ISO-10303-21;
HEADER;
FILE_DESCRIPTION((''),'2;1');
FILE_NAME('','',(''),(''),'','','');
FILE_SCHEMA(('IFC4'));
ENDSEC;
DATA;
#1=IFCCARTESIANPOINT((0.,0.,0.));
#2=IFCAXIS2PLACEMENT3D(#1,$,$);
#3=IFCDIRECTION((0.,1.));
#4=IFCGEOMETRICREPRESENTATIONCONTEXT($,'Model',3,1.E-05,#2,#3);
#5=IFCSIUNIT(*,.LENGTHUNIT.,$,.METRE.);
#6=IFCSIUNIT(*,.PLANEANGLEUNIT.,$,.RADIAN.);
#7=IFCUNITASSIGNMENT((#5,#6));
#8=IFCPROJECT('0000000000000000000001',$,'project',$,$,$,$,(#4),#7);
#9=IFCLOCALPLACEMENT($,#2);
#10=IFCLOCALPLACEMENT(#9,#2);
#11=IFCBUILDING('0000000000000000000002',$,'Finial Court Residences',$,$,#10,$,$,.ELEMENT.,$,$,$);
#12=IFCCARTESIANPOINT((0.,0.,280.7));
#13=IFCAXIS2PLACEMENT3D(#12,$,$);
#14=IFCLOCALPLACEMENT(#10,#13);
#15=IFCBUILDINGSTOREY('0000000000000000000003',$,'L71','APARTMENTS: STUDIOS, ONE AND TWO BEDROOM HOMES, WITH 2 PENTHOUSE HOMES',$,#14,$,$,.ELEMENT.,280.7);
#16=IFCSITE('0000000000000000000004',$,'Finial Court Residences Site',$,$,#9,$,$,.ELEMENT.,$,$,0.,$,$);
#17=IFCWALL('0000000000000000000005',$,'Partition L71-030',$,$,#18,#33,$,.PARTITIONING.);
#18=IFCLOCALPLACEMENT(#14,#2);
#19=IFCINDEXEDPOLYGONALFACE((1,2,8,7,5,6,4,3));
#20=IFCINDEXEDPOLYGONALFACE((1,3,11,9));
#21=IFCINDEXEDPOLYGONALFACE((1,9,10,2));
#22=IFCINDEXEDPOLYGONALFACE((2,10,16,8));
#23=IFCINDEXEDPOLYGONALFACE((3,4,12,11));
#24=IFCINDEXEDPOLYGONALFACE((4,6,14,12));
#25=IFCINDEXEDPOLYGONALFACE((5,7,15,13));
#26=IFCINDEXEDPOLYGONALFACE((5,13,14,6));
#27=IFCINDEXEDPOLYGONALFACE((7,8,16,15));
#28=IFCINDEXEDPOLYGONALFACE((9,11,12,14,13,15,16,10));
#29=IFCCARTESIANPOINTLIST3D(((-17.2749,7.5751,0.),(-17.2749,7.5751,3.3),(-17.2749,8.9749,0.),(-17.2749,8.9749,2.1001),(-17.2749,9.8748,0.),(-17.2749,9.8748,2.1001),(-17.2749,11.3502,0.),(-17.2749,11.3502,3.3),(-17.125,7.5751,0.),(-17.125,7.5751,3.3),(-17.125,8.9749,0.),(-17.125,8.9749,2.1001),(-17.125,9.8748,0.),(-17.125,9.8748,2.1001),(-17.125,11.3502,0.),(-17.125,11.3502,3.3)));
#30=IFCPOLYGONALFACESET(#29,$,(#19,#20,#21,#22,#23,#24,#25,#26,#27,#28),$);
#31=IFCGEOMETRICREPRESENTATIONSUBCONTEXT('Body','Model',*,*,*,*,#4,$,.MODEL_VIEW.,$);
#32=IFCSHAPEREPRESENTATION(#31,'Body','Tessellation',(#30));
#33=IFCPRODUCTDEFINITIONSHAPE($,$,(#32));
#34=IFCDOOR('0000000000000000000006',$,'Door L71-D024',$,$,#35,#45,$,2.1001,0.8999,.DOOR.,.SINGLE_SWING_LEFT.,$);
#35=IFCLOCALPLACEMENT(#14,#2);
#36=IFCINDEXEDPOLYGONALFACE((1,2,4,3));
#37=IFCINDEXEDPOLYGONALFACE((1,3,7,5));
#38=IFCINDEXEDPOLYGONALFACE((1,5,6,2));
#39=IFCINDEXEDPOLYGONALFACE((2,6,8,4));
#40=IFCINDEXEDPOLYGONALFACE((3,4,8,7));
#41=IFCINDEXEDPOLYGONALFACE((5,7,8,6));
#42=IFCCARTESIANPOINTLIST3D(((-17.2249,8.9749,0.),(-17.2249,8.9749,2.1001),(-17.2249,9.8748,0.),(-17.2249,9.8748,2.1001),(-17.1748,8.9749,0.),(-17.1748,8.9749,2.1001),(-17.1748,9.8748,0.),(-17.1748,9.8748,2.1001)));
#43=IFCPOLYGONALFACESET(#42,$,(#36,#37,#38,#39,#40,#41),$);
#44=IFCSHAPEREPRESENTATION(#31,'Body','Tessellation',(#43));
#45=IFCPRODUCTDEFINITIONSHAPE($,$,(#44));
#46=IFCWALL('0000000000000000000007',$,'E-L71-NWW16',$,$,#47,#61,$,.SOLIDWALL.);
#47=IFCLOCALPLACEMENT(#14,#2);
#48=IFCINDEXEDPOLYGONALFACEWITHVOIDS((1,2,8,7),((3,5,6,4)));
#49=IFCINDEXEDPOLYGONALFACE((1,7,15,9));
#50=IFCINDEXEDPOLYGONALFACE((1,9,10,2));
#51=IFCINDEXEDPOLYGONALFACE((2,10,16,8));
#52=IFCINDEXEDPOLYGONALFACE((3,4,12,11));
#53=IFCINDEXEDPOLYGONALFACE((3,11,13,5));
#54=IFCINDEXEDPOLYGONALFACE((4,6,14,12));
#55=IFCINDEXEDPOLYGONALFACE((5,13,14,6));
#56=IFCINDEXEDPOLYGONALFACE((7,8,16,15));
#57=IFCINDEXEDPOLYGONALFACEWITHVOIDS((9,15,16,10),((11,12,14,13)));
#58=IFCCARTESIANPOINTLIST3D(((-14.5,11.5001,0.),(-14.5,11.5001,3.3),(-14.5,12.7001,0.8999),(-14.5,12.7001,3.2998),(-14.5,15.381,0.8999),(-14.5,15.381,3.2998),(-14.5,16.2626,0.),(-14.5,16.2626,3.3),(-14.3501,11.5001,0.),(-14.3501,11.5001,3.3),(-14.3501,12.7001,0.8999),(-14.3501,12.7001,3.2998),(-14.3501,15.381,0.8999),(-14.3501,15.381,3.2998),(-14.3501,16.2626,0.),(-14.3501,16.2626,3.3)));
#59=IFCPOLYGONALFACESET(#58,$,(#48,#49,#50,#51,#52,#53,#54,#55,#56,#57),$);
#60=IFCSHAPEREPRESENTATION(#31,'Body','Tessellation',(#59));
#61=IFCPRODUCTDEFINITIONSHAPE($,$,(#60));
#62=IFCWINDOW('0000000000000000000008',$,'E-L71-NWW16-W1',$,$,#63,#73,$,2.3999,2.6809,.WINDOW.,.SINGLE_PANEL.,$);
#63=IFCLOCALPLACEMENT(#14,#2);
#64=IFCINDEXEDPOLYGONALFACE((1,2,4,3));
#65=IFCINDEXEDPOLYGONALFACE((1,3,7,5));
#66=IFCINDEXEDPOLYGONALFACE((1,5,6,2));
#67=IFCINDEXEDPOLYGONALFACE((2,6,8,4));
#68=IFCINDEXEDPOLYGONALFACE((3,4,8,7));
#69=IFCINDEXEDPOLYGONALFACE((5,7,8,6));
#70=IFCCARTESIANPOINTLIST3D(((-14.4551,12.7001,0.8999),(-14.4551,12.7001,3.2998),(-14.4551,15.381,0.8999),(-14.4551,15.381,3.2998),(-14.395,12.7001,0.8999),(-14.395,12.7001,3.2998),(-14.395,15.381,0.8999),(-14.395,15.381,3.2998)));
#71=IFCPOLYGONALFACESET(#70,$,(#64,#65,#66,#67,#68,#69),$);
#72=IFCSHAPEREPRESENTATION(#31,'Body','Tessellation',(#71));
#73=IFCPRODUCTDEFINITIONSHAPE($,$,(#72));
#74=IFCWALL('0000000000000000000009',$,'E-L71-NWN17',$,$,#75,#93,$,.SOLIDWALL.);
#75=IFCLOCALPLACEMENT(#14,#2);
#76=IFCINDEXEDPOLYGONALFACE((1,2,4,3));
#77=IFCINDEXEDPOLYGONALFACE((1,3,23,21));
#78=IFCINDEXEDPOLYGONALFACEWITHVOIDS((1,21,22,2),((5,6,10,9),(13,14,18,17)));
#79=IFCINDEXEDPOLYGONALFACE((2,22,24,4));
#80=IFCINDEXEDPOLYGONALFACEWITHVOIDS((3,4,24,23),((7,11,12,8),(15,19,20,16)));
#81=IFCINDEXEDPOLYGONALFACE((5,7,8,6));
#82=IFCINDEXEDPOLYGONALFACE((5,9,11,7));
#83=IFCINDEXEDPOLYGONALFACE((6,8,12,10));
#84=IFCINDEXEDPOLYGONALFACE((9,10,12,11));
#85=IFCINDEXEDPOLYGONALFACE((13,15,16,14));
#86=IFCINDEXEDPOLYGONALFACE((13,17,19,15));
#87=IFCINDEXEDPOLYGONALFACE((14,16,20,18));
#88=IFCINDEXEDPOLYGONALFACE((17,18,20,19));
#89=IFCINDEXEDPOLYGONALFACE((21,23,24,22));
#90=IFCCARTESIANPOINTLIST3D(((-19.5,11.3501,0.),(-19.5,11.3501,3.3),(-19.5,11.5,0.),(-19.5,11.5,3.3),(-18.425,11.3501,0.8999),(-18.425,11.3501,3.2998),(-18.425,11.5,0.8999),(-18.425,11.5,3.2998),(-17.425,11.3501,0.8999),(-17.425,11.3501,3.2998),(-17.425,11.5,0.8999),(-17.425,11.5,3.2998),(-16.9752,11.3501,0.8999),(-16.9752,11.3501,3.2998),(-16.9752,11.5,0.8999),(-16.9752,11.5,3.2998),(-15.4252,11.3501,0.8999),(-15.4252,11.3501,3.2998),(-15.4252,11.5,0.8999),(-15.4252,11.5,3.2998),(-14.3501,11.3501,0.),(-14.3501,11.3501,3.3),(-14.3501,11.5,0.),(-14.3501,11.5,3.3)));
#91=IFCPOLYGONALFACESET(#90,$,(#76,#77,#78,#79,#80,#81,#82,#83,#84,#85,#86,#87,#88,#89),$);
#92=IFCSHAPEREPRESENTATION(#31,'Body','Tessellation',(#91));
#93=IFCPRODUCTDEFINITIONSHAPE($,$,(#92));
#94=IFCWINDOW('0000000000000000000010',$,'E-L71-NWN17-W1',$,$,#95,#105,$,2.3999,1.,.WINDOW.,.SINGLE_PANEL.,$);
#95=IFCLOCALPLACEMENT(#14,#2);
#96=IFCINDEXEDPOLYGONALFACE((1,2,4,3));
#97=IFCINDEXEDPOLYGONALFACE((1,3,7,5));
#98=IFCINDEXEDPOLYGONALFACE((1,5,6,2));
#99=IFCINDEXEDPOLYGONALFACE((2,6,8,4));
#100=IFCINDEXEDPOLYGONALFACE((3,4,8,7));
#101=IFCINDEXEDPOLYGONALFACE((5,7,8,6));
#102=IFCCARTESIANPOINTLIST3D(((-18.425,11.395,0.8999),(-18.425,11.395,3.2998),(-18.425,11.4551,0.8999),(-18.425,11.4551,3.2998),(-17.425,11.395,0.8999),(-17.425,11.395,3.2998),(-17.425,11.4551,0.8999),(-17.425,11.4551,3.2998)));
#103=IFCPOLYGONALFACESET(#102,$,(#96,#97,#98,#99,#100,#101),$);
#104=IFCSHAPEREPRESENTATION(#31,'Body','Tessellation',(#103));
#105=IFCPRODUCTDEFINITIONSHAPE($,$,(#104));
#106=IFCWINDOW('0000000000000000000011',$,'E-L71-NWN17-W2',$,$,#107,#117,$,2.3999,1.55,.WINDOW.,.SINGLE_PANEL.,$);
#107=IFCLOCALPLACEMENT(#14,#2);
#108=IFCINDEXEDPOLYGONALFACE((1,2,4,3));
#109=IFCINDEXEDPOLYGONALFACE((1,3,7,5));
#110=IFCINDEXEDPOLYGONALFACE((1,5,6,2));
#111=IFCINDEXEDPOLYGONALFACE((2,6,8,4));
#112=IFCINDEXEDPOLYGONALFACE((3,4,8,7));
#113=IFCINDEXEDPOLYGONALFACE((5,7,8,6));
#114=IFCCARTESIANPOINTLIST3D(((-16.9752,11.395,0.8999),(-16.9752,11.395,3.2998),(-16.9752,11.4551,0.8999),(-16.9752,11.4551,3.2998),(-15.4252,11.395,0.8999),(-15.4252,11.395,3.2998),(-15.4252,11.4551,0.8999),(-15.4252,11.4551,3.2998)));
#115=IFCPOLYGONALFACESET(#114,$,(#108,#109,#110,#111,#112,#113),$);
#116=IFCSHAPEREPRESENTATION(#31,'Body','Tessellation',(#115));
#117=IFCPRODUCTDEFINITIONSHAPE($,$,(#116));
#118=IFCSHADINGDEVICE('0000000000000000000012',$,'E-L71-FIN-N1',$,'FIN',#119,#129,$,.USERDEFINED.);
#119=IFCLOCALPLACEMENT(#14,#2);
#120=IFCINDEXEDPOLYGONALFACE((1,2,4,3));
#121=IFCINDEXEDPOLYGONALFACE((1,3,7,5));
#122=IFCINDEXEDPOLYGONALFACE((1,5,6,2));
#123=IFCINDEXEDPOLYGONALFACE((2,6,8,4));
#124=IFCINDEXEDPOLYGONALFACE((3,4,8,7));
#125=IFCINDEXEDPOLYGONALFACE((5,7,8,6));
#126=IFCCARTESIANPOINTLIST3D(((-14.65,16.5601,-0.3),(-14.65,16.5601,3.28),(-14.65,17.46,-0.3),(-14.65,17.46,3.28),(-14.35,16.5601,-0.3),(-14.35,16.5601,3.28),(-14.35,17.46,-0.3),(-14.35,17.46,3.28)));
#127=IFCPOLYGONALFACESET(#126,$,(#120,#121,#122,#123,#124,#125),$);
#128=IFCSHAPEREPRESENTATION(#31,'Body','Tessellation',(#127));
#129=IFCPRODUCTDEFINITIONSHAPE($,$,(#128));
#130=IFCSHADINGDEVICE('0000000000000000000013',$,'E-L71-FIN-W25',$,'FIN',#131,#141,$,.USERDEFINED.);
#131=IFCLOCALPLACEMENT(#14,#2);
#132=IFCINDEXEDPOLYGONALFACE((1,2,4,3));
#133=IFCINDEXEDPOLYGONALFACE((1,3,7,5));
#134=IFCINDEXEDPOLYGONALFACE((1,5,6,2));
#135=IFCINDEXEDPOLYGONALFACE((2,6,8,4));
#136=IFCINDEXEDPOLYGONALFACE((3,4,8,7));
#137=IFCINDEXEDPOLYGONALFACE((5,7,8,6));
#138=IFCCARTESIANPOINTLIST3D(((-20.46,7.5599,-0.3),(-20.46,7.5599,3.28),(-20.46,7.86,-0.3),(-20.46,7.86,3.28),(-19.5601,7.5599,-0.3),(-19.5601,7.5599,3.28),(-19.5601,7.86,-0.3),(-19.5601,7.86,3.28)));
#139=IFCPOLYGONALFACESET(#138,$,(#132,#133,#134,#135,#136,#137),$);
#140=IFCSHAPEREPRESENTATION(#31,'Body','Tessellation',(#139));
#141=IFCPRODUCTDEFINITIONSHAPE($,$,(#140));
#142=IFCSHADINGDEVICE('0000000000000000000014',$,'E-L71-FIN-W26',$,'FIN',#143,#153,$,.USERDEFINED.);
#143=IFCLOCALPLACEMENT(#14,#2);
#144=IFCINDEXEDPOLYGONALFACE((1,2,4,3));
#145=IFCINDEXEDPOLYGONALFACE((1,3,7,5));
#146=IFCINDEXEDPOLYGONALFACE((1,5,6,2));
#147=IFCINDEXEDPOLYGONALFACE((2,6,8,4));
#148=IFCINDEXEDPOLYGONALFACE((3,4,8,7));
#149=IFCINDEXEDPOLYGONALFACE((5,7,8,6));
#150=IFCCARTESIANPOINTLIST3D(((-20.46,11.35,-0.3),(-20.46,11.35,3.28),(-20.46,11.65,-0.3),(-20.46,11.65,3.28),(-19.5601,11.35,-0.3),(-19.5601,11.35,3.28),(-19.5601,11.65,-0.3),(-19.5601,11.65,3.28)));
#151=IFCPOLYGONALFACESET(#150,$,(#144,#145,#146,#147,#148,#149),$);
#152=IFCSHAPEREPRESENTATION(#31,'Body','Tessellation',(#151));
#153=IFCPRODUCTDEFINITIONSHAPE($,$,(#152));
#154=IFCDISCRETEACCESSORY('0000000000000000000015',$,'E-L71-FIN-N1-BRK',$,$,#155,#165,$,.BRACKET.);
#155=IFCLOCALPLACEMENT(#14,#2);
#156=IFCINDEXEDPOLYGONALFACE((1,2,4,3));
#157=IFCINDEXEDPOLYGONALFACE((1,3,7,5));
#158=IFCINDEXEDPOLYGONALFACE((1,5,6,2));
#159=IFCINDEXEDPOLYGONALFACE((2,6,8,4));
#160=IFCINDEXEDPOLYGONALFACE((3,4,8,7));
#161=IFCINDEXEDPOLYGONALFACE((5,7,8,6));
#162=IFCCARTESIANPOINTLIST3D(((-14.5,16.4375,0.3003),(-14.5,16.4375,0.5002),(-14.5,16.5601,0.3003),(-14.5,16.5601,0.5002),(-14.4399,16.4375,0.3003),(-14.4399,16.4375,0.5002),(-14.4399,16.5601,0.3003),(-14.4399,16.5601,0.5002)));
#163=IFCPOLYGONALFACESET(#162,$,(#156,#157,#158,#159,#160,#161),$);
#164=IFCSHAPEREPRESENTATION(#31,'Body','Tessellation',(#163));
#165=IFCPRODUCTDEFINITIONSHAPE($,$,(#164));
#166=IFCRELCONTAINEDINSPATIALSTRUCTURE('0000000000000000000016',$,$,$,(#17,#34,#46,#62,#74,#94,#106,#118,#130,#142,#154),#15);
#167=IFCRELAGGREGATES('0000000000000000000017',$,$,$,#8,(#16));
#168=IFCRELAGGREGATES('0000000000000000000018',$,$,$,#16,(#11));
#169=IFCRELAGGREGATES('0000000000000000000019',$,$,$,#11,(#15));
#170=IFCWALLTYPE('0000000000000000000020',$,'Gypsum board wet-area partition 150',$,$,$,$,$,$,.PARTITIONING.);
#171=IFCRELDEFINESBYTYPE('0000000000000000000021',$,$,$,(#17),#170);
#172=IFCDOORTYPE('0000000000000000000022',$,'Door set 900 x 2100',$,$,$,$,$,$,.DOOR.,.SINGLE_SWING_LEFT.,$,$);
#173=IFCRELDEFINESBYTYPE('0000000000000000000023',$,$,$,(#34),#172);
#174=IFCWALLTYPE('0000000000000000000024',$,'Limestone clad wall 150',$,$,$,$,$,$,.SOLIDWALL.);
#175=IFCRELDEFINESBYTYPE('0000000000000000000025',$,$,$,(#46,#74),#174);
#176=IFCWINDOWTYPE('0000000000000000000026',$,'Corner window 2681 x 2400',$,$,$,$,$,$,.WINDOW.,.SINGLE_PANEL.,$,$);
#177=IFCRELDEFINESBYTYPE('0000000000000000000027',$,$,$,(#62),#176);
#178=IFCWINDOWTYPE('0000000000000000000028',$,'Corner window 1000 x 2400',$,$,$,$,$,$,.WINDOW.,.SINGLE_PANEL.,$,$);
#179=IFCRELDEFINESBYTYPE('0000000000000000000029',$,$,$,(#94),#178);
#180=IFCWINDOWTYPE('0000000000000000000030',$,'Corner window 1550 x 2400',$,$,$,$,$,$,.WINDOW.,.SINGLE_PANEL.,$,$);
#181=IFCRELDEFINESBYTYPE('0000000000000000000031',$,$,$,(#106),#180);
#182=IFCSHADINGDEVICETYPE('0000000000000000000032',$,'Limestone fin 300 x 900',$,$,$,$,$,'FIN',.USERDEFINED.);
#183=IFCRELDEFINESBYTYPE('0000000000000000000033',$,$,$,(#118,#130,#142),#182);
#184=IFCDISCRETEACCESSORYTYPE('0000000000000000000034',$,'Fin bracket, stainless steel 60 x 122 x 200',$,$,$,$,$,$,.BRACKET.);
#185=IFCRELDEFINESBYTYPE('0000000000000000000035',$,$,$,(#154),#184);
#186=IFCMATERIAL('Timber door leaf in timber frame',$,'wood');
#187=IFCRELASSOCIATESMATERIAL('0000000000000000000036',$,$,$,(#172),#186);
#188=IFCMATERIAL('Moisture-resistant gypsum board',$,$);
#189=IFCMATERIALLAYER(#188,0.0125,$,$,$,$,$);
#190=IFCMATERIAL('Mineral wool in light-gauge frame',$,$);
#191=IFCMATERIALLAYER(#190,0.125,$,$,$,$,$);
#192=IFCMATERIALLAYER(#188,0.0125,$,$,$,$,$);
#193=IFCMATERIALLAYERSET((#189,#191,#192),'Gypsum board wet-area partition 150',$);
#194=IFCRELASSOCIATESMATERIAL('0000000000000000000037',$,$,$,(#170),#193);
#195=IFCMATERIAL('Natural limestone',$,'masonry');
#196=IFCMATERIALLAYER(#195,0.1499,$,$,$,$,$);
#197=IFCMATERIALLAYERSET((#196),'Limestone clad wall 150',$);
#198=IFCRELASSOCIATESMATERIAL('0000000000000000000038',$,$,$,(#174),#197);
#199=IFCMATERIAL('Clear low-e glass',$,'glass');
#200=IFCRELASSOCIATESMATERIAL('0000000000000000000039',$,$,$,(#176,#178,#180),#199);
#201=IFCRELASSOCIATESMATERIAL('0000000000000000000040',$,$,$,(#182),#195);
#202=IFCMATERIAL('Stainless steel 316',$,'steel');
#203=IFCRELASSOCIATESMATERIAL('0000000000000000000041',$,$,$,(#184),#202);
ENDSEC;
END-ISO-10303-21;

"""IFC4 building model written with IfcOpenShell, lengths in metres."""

from ifc_helpers import new_model, si_unit, direction, frame, frame_2d, origin, origin_2d, place, context, subcontext, project, spatial, rectangle, extrude, material, layer, layer_set, type_object, element, fill, save


model = new_model("IFC4")

# Units and contexts
model_context = context("Model", 3, precision=1e-05, world=origin(), true_north=direction((0.0, 1.0)))
body_context = subcontext(model_context, "Body", "Model", "MODEL_VIEW")
ifc_project = project(units=[si_unit("LENGTHUNIT", "METRE"), si_unit("PLANEANGLEUNIT", "RADIAN")], contexts=[model_context])

# Site, building, storey
site_placement = place(None, origin())
site = spatial("IfcSite", under=ifc_project, at=site_placement, Name="Finial Court Residences Site", CompositionType="ELEMENT", RefElevation=0.0)
building_placement = place(site_placement, origin())
building = spatial("IfcBuilding", under=site, at=building_placement, Name="Finial Court Residences", CompositionType="ELEMENT")
storey_placement = place(building_placement, frame((0.0, 0.0, 280.7)))
storey = spatial("IfcBuildingStorey", under=building, at=storey_placement, Name="L71", Description="APARTMENTS: STUDIOS, ONE AND TWO BEDROOM HOMES, WITH 2 PENTHOUSE HOMES", CompositionType="ELEMENT", Elevation=280.7)

# Shared definitions
ifc_material_1 = material(Name="Clear low-e glass", Category="glass")

# Shared definitions
ifc_material_2 = material(Name="Mineral wool in light-gauge frame")
ifc_material_3 = material(Name="Timber door leaf in timber frame", Category="wood")
door_type = type_object("IfcDoorType", Name="Door set 900 x 2100", OperationType="SINGLE_SWING_LEFT", PredefinedType="DOOR", material=ifc_material_3)

# Shared definitions
ifc_material_4 = material(Name="Moisture-resistant gypsum board")
ifc_layer_1 = layer(ifc_material_4, 0.0125)
ifc_layer_2 = layer(ifc_material_2, 0.125)
ifc_layer_3 = layer(ifc_material_4, 0.0125)
ifc_layer_set_1 = layer_set([ifc_layer_1, ifc_layer_2, ifc_layer_3], Name="Gypsum board wet-area partition 150")
wall_type_1 = type_object("IfcWallType", Name="Gypsum board wet-area partition 150", PredefinedType="PARTITIONING", material=ifc_layer_set_1)

# Wall, opening, door
wall_1_placement = place(storey_placement, frame((-17.2, 7.575, 0.0), z_axis=(0.0, 0.0, 1.0), x_axis=(0.0, 1.0, 0.0)))
wall_1 = element("IfcWall", 1, at=wall_1_placement, inside=storey, type_object=wall_type_1, Name="Partition L71-030", PredefinedType="PARTITIONING", context=body_context, shape_type="SweptSolid", body=[
    extrude(rectangle(XDim=3.7751, YDim=0.1499, at=frame_2d((1.8877, 0.0))), origin(), (0.0, 0.0, 1.0), 3.3),
])
opening_1_placement = place(wall_1_placement, frame((1.3999, 0.0, 0.0)))
opening_1 = element("IfcOpeningElement", 2, at=opening_1_placement, cuts=wall_1, PredefinedType="OPENING", context=body_context, shape_type="SweptSolid", body=[
    extrude(rectangle(XDim=0.8999, YDim=2.1001, at=frame_2d((0.45, 1.05))), frame((0.0, 0.085, 0.0), z_axis=(0.0, -1.0, 0.0), x_axis=(1.0, 0.0, 0.0)), (0.0, 0.0, 1.0), 0.1699),
])
door_1_placement = place(opening_1_placement, origin())
door_1 = element("IfcDoor", 3, at=door_1_placement, inside=storey, type_object=door_type, Name="Door L71-D024", OperationType="SINGLE_SWING_LEFT", OverallHeight=2.1001, OverallWidth=0.8999, PredefinedType="DOOR", context=body_context, shape_type="SweptSolid", body=[
    extrude(rectangle(XDim=0.8999, YDim=2.1001, at=frame_2d((0.45, 1.05))), frame((0.0, 0.0249, 0.0), z_axis=(0.0, -1.0, 0.0), x_axis=(1.0, 0.0, 0.0)), (0.0, 0.0, 1.0), 0.05),
])
fill(opening_1, door_1)

# Wall, opening, window
ifc_material_5 = material(Name="Natural limestone", Category="masonry")
ifc_layer_4 = layer(ifc_material_5, 0.1499)
ifc_layer_set_2 = layer_set([ifc_layer_4], Name="Limestone clad wall 150")
wall_type_2 = type_object("IfcWallType", Name="Limestone clad wall 150", PredefinedType="SOLIDWALL", material=ifc_layer_set_2)
wall_2_placement = place(storey_placement, frame((-14.425, 11.5, 0.0), z_axis=(0.0, 0.0, 1.0), x_axis=(0.0, 1.0, 0.0)))
wall_2 = element("IfcWall", 4, at=wall_2_placement, inside=storey, type_object=wall_type_2, Name="E-L71-NWW16", PredefinedType="SOLIDWALL", context=body_context, shape_type="SweptSolid", body=[
    extrude(rectangle(XDim=4.7625, YDim=0.1499, at=frame_2d((2.3813, 0.0))), origin(), (0.0, 0.0, 1.0), 3.3),
])
opening_2_placement = place(wall_2_placement, frame((1.2002, 0.0, 0.8999)))
opening_2 = element("IfcOpeningElement", 5, at=opening_2_placement, cuts=wall_2, PredefinedType="OPENING", context=body_context, shape_type="SweptSolid", body=[
    extrude(rectangle(XDim=2.6809, YDim=2.3999, at=frame_2d((1.3403, 1.2))), frame((0.0, 0.085, 0.0), z_axis=(0.0, -1.0, 0.0), x_axis=(1.0, 0.0, 0.0)), (0.0, 0.0, 1.0), 0.1699),
])
window_type_1 = type_object("IfcWindowType", Name="Corner window 2681 x 2400", PartitioningType="SINGLE_PANEL", PredefinedType="WINDOW", material=ifc_material_1)
window_1_placement = place(opening_2_placement, origin())
window_1 = element("IfcWindow", 6, at=window_1_placement, inside=storey, type_object=window_type_1, Name="E-L71-NWW16-W1", OverallHeight=2.3999, OverallWidth=2.6809, PartitioningType="SINGLE_PANEL", PredefinedType="WINDOW", context=body_context, shape_type="SweptSolid", body=[
    extrude(rectangle(XDim=2.6809, YDim=2.3999, at=frame_2d((1.3403, 1.2))), frame((0.0, 0.03, 0.0), z_axis=(0.0, -1.0, 0.0), x_axis=(1.0, 0.0, 0.0)), (0.0, 0.0, 1.0), 0.0601),
])
fill(opening_2, window_1)

# Wall, openings, windows
wall_3_placement = place(storey_placement, frame((-19.5, 11.425, 0.0), z_axis=(0.0, 0.0, 1.0), x_axis=(1.0, 0.0, 0.0)))
wall_3 = element("IfcWall", 7, at=wall_3_placement, inside=storey, type_object=wall_type_2, Name="E-L71-NWN17", PredefinedType="SOLIDWALL", context=body_context, shape_type="SweptSolid", body=[
    extrude(rectangle(XDim=5.1499, YDim=0.1499, at=frame_2d((2.575, 0.0))), origin(), (0.0, 0.0, 1.0), 3.3),
])
opening_3_placement = place(wall_3_placement, frame((1.075, 0.0, 0.8999)))
opening_3 = element("IfcOpeningElement", 8, at=opening_3_placement, cuts=wall_3, PredefinedType="OPENING", context=body_context, shape_type="SweptSolid", body=[
    extrude(rectangle(XDim=1.0, YDim=2.3999, at=frame_2d((0.5, 1.2))), frame((0.0, 0.085, 0.0), z_axis=(0.0, -1.0, 0.0), x_axis=(1.0, 0.0, 0.0)), (0.0, 0.0, 1.0), 0.1699),
])
opening_4_placement = place(wall_3_placement, frame((2.5249, 0.0, 0.8999)))
opening_4 = element("IfcOpeningElement", 9, at=opening_4_placement, cuts=wall_3, PredefinedType="OPENING", context=body_context, shape_type="SweptSolid", body=[
    extrude(rectangle(XDim=1.55, YDim=2.3999, at=frame_2d((0.7749, 1.2))), frame((0.0, 0.085, 0.0), z_axis=(0.0, -1.0, 0.0), x_axis=(1.0, 0.0, 0.0)), (0.0, 0.0, 1.0), 0.1699),
])
window_type_2 = type_object("IfcWindowType", Name="Corner window 1000 x 2400", PartitioningType="SINGLE_PANEL", PredefinedType="WINDOW", material=ifc_material_1)
window_2_placement = place(opening_3_placement, origin())
window_2 = element("IfcWindow", 10, at=window_2_placement, inside=storey, type_object=window_type_2, Name="E-L71-NWN17-W1", OverallHeight=2.3999, OverallWidth=1.0, PartitioningType="SINGLE_PANEL", PredefinedType="WINDOW", context=body_context, shape_type="SweptSolid", body=[
    extrude(rectangle(XDim=1.0, YDim=2.3999, at=frame_2d((0.5, 1.2))), frame((0.0, 0.03, 0.0), z_axis=(0.0, -1.0, 0.0), x_axis=(1.0, 0.0, 0.0)), (0.0, 0.0, 1.0), 0.0601),
])
fill(opening_3, window_2)
window_type_3 = type_object("IfcWindowType", Name="Corner window 1550 x 2400", PartitioningType="SINGLE_PANEL", PredefinedType="WINDOW", material=ifc_material_1)
window_3_placement = place(opening_4_placement, origin())
window_3 = element("IfcWindow", 11, at=window_3_placement, inside=storey, type_object=window_type_3, Name="E-L71-NWN17-W2", OverallHeight=2.3999, OverallWidth=1.55, PartitioningType="SINGLE_PANEL", PredefinedType="WINDOW", context=body_context, shape_type="SweptSolid", body=[
    extrude(rectangle(XDim=1.55, YDim=2.3999, at=frame_2d((0.7749, 1.2))), frame((0.0, 0.03, 0.0), z_axis=(0.0, -1.0, 0.0), x_axis=(1.0, 0.0, 0.0)), (0.0, 0.0, 1.0), 0.0601),
])
fill(opening_4, window_3)

# Shading devices
shading_device_type = type_object("IfcShadingDeviceType", Name="Limestone fin 300 x 900", ElementType="FIN", PredefinedType="USERDEFINED", material=ifc_material_5)
shading_device_placement = place(storey_placement, frame((-14.5, 17.01, -0.3), z_axis=(0.0, 0.0, 1.0), x_axis=(1.0, 0.0, 0.0)))
element("IfcShadingDevice", 12, at=shading_device_placement, inside=storey, type_object=shading_device_type, Name="E-L71-FIN-N1", ObjectType="FIN", PredefinedType="USERDEFINED", context=body_context, shape_type="SweptSolid", body=[
    extrude(rectangle(XDim=0.3, YDim=0.8999, at=origin_2d()), origin(), (0.0, 0.0, 1.0), 3.5801),
])
for number, where, z_axis, x_axis, name in (
    (13, (-20.01, 7.71, -0.3), (0.0, 0.0, 1.0), (1.0, 0.0, 0.0), "E-L71-FIN-W25"),
    (14, (-20.01, 11.5, -0.3), (0.0, 0.0, 1.0), (1.0, 0.0, 0.0), "E-L71-FIN-W26"),
):
    element("IfcShadingDevice", number, at=place(storey_placement, frame(where, z_axis=z_axis, x_axis=x_axis)), inside=storey, type_object=shading_device_type, Name=name, ObjectType="FIN", PredefinedType="USERDEFINED", context=body_context, shape_type="SweptSolid", body=[
        extrude(rectangle(XDim=0.8999, YDim=0.3, at=origin_2d()), origin(), (0.0, 0.0, 1.0), 3.5801),
    ])

# Discrete accessory
ifc_material_6 = material(Name="Stainless steel 316", Category="steel")
discrete_accessory_type = type_object("IfcDiscreteAccessoryType", Name="Fin bracket, stainless steel 60 x 122 x 200", PredefinedType="BRACKET", material=ifc_material_6)
discrete_accessory_1_placement = place(storey_placement, frame((-14.47, 16.4988, 0.3003), z_axis=(0.0, 0.0, 1.0), x_axis=(1.0, 0.0, 0.0)))
element("IfcDiscreteAccessory", 15, at=discrete_accessory_1_placement, inside=storey, type_object=discrete_accessory_type, Name="E-L71-FIN-N1-BRK", PredefinedType="BRACKET", context=body_context, shape_type="SweptSolid", body=[
    extrude(rectangle(XDim=0.0601, YDim=0.1226, at=origin_2d()), origin(), (0.0, 0.0, 1.0), 0.2),
])

save(model, "model.ifc")
